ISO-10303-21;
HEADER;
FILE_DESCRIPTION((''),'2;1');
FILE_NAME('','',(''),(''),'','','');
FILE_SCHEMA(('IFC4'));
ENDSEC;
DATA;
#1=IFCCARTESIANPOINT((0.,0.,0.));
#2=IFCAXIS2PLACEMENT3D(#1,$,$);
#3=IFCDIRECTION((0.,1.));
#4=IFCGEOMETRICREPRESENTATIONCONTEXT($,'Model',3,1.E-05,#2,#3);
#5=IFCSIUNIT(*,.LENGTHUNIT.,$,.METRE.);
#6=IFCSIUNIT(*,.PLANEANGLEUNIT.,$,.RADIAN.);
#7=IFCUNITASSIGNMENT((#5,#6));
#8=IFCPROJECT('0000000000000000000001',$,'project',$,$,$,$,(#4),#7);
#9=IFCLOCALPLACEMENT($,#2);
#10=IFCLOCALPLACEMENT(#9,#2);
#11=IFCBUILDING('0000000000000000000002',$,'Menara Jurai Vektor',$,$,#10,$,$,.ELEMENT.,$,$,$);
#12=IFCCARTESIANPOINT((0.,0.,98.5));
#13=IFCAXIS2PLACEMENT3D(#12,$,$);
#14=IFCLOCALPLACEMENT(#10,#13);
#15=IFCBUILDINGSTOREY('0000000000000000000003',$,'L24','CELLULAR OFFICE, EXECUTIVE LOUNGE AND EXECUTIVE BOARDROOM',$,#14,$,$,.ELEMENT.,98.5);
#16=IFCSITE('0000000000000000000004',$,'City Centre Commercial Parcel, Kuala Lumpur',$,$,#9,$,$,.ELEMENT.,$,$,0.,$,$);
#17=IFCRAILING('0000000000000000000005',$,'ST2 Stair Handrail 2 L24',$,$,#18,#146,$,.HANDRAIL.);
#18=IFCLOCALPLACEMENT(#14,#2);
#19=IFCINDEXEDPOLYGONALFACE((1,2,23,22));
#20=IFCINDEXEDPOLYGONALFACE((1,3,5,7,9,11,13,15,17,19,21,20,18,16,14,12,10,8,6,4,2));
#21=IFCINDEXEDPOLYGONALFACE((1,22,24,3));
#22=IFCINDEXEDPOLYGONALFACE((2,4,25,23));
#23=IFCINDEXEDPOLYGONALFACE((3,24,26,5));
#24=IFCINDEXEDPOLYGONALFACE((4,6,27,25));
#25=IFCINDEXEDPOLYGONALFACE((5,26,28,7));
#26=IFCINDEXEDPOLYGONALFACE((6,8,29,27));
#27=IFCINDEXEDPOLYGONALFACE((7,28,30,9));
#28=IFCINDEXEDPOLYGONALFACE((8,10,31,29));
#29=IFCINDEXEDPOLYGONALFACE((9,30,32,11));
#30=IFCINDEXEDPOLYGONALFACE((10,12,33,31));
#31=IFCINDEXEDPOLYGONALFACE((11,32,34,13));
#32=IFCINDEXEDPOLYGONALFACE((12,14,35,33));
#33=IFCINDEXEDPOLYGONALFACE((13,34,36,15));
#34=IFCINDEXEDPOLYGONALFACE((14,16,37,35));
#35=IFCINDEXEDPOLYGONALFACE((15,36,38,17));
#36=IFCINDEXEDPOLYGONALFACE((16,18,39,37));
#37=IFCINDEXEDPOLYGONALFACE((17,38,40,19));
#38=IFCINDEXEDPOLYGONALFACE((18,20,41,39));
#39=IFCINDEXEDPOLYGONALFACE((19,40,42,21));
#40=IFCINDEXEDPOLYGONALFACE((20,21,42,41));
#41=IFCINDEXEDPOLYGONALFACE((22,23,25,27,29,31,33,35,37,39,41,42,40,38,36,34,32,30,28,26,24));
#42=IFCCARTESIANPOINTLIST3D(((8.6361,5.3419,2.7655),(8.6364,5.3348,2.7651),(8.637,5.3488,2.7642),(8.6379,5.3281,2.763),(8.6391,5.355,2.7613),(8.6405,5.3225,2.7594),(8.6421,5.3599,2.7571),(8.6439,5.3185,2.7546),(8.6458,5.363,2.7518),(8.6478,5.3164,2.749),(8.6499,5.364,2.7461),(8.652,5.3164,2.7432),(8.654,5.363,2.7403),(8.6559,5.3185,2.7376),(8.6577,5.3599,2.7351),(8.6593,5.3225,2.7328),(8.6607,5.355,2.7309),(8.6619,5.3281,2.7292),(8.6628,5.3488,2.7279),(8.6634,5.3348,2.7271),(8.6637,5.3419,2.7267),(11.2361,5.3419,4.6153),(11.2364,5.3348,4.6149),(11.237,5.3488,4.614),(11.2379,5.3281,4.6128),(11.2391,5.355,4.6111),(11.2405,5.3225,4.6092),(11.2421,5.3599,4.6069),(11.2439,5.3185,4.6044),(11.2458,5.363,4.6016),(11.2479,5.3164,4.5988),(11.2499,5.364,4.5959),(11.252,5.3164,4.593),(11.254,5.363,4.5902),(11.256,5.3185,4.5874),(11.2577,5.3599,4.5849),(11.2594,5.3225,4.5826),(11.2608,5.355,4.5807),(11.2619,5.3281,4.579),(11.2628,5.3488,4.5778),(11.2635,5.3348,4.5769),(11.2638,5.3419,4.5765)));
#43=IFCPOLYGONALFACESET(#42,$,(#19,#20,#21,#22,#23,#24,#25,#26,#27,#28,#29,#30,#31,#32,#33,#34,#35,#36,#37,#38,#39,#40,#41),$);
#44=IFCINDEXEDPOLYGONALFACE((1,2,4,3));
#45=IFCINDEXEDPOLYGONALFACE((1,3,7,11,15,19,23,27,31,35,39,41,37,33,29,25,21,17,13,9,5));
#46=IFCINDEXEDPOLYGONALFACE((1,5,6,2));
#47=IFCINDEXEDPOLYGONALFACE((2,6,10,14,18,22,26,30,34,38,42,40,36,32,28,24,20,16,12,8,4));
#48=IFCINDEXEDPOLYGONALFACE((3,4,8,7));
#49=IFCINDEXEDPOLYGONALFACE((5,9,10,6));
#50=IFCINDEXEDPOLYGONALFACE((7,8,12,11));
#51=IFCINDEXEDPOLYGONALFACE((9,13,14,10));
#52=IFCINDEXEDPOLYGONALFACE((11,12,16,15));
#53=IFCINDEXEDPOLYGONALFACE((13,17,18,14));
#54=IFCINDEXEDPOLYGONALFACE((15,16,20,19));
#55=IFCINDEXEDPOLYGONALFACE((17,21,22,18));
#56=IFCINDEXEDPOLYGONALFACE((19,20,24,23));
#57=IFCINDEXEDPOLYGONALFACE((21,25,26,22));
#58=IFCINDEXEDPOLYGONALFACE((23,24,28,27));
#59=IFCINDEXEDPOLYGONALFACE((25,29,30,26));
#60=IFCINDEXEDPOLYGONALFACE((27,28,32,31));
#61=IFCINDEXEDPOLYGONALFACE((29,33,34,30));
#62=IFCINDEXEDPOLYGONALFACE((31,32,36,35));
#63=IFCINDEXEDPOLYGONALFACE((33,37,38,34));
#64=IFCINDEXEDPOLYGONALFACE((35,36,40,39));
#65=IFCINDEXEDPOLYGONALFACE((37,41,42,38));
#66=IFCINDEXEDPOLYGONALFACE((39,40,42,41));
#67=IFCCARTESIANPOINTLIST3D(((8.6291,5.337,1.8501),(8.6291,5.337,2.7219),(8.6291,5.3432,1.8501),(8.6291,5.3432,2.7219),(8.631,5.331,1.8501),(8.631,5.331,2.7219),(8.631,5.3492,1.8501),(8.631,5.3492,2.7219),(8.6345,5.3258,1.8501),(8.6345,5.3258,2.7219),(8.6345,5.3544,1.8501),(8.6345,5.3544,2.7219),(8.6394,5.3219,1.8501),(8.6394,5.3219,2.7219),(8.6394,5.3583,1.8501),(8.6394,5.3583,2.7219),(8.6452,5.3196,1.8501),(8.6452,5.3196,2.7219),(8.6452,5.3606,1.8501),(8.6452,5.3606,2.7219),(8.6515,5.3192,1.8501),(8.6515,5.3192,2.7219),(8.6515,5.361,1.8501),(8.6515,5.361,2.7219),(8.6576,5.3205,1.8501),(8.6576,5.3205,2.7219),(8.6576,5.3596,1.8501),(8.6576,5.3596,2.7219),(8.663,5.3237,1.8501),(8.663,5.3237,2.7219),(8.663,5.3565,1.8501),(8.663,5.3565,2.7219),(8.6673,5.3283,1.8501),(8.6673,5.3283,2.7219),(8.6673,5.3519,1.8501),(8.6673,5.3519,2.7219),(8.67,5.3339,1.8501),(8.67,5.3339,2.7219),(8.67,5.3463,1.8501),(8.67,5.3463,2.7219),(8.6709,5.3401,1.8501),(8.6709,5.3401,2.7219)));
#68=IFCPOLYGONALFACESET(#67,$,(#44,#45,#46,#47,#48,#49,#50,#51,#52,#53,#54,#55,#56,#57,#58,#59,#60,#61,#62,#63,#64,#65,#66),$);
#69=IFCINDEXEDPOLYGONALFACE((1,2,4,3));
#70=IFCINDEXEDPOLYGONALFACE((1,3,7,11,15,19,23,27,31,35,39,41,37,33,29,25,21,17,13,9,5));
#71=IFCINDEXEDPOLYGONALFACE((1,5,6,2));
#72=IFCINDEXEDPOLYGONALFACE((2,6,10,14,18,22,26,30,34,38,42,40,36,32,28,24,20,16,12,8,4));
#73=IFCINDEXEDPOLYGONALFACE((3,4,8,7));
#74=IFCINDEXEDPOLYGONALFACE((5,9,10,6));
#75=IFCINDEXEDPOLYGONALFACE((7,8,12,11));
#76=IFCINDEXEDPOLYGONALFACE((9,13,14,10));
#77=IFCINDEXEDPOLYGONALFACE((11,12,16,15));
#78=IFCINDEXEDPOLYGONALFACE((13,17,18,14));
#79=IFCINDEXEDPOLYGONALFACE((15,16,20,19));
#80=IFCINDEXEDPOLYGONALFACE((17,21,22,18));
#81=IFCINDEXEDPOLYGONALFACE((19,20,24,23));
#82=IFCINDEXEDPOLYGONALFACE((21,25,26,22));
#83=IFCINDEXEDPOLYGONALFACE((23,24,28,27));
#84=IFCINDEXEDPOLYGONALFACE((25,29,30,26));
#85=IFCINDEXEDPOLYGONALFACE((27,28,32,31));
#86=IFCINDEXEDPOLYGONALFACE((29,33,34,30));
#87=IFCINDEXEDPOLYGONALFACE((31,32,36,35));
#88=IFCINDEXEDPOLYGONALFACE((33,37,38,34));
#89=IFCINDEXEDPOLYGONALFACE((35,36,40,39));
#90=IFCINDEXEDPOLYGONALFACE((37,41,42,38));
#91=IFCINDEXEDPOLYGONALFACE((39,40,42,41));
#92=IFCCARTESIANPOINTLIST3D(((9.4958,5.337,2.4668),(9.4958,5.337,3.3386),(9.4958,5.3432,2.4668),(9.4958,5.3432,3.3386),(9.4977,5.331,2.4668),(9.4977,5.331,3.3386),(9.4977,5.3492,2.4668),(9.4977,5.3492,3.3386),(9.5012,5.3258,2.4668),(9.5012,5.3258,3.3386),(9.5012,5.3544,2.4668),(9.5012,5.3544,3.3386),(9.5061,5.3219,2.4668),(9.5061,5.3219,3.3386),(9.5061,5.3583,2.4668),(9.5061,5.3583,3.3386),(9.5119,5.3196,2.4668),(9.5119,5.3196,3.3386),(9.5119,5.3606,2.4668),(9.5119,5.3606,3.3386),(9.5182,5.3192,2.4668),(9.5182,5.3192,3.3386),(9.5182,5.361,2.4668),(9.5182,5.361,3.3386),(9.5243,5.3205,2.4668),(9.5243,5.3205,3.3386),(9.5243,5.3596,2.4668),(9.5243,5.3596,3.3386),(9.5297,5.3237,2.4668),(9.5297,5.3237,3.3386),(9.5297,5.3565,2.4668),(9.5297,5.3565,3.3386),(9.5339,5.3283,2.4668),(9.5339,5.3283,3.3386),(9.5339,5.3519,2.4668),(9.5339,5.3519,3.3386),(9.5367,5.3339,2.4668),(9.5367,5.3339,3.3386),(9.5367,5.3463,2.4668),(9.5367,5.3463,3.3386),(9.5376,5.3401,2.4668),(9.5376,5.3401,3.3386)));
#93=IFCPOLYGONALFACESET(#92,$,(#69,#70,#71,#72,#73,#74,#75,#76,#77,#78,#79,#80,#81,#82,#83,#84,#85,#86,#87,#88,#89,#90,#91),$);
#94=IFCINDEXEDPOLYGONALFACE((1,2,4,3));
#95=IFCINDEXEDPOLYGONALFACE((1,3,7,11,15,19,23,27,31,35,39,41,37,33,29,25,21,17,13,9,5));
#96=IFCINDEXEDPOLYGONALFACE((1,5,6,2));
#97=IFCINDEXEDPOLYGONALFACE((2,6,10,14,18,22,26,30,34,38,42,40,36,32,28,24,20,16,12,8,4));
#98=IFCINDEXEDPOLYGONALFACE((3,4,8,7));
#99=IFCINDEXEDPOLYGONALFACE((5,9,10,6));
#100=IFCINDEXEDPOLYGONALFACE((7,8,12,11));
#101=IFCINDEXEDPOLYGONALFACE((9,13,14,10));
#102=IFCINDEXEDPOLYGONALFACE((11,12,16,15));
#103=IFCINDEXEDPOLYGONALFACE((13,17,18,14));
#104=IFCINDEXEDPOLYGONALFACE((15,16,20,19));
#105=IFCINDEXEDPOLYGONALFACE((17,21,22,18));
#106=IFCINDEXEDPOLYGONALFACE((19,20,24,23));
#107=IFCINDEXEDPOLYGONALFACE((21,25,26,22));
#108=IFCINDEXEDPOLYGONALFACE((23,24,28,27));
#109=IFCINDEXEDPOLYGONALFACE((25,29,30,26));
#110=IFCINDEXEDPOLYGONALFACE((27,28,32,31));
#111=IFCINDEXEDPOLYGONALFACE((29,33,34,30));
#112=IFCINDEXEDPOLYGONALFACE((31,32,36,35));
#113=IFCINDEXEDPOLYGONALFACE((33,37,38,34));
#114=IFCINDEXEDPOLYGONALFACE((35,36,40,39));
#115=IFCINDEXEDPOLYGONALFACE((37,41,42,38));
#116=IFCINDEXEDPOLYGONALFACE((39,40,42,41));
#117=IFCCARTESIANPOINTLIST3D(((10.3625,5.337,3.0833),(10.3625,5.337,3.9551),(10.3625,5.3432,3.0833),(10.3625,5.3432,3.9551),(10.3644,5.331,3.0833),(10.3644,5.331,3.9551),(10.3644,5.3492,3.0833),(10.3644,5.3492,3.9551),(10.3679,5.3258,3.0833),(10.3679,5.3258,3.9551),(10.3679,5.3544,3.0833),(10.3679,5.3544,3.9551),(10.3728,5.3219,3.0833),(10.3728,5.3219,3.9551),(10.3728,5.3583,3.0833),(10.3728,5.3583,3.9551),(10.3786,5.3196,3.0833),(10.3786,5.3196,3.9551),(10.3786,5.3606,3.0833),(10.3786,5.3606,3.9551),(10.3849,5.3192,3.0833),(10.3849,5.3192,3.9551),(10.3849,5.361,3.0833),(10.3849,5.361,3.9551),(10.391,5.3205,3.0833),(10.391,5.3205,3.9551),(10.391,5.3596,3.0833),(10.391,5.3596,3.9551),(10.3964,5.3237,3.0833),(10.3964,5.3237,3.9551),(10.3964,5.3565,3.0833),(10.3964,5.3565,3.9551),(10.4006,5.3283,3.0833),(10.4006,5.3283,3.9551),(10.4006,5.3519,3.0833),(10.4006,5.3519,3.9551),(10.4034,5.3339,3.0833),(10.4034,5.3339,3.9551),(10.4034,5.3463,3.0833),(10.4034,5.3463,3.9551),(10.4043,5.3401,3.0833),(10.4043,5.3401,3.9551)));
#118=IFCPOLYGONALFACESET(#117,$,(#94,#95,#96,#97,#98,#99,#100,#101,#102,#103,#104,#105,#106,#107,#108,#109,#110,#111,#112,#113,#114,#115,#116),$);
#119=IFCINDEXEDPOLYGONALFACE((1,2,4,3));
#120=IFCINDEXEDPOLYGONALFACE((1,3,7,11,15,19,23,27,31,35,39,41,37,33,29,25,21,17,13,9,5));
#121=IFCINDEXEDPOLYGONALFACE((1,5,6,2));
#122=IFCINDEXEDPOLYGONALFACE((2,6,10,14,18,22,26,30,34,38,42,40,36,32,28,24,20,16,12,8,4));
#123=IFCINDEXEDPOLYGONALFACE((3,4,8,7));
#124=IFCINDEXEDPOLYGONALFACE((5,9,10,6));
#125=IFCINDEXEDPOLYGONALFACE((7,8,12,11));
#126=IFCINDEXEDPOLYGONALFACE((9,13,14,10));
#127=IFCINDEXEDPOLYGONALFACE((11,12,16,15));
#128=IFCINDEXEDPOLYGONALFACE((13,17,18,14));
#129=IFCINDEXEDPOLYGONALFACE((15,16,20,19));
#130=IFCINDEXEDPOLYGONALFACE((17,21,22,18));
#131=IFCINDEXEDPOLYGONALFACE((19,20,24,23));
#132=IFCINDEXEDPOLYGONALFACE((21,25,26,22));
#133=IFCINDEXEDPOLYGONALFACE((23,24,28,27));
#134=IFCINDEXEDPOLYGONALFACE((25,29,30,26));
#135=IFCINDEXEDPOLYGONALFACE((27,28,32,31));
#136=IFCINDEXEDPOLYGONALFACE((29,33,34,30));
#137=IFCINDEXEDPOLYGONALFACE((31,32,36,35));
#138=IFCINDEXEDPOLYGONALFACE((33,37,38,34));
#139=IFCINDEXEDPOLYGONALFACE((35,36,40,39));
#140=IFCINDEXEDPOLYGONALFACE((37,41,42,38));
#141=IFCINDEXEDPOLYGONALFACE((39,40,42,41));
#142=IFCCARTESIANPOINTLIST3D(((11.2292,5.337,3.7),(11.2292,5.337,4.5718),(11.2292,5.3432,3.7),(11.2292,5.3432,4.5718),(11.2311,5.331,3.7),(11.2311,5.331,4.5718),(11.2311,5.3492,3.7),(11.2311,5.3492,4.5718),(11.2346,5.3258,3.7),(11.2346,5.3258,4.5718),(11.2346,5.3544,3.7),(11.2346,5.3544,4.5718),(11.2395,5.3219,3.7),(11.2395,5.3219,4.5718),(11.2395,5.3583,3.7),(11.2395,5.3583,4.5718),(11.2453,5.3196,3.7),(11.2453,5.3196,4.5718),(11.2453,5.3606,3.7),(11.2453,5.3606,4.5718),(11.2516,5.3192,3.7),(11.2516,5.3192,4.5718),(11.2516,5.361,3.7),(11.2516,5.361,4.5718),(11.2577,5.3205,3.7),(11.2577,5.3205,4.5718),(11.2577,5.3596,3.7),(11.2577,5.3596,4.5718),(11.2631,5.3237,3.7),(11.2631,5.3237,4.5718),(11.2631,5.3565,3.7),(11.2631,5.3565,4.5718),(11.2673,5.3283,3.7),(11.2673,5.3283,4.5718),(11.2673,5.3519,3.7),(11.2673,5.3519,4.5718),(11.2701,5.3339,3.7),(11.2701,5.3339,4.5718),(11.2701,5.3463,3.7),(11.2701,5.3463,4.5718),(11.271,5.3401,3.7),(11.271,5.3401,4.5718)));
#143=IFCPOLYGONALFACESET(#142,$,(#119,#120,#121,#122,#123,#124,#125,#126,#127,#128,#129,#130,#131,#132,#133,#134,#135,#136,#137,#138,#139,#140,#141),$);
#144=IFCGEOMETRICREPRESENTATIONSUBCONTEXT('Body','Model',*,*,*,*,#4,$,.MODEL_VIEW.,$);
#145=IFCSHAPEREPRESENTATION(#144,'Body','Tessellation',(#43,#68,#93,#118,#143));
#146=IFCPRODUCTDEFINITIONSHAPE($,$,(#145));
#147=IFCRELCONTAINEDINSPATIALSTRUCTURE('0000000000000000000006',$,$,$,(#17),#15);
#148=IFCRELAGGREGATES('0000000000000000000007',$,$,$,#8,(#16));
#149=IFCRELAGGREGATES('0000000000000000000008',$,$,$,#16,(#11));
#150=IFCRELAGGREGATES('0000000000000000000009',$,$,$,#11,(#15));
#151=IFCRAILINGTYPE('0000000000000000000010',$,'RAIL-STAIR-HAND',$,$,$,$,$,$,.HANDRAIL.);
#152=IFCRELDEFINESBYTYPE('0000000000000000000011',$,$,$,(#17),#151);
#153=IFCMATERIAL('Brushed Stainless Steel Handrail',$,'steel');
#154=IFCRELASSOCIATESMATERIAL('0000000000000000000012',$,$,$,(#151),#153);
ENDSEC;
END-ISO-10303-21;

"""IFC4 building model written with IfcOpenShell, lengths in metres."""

from ifc_helpers import new_model, si_unit, direction, frame, origin, origin_2d, place, context, subcontext, project, spatial, circle, extrude, material, type_object, element, save


model = new_model("IFC4")

# Units and contexts
model_context = context("Model", 3, precision=1e-05, world=origin(), true_north=direction((0.0, 1.0)))
body_context = subcontext(model_context, "Body", "Model", "MODEL_VIEW")
ifc_project = project(units=[si_unit("LENGTHUNIT", "METRE"), si_unit("PLANEANGLEUNIT", "RADIAN")], contexts=[model_context])

# Site, building, storey
site_placement = place(None, origin())
site = spatial("IfcSite", under=ifc_project, at=site_placement, Name="City Centre Commercial Parcel, Kuala Lumpur", CompositionType="ELEMENT", RefElevation=0.0)
building_placement = place(site_placement, origin())
building = spatial("IfcBuilding", under=site, at=building_placement, Name="Menara Jurai Vektor", CompositionType="ELEMENT")
storey_placement = place(building_placement, frame((0.0, 0.0, 98.5)))
storey = spatial("IfcBuildingStorey", under=building, at=storey_placement, Name="L24", Description="CELLULAR OFFICE, EXECUTIVE LOUNGE AND EXECUTIVE BOARDROOM", CompositionType="ELEMENT", Elevation=98.5)

# Railing
ifc_material_1 = material(Name="Brushed Stainless Steel Handrail", Category="steel")
railing_type_1 = type_object("IfcRailingType", Name="RAIL-STAIR-HAND", PredefinedType="HANDRAIL", material=ifc_material_1)
railing_1_placement = place(storey_placement, frame((8.6499, 5.3401, 1.8501)))
element("IfcRailing", 1, at=railing_1_placement, inside=storey, type_object=railing_type_1, Name="ST2 Stair Handrail 2 L24", PredefinedType="HANDRAIL", context=body_context, shape_type="SweptSolid", body=[
    extrude(circle(Radius=0.0239, at=origin_2d()), frame((0.0, 0.0, 0.896), z_axis=(0.814823, 0.0, 0.57971), x_axis=(0.0, 1.0, 0.0)), (0.0, 0.0, 1.0), 3.1909),
    extrude(circle(Radius=0.021, at=origin_2d()), origin(), (0.0, 0.0, 1.0), 0.8718),
    extrude(circle(Radius=0.021, at=origin_2d()), frame((0.8667, 0.0, 0.6167)), (0.0, 0.0, 1.0), 0.8718),
    extrude(circle(Radius=0.021, at=origin_2d()), frame((1.7334, 0.0, 1.2332)), (0.0, 0.0, 1.0), 0.8718),
    extrude(circle(Radius=0.021, at=origin_2d()), frame((2.6001, 0.0, 1.8499)), (0.0, 0.0, 1.0), 0.8718),
])

save(model, "model.ifc")
